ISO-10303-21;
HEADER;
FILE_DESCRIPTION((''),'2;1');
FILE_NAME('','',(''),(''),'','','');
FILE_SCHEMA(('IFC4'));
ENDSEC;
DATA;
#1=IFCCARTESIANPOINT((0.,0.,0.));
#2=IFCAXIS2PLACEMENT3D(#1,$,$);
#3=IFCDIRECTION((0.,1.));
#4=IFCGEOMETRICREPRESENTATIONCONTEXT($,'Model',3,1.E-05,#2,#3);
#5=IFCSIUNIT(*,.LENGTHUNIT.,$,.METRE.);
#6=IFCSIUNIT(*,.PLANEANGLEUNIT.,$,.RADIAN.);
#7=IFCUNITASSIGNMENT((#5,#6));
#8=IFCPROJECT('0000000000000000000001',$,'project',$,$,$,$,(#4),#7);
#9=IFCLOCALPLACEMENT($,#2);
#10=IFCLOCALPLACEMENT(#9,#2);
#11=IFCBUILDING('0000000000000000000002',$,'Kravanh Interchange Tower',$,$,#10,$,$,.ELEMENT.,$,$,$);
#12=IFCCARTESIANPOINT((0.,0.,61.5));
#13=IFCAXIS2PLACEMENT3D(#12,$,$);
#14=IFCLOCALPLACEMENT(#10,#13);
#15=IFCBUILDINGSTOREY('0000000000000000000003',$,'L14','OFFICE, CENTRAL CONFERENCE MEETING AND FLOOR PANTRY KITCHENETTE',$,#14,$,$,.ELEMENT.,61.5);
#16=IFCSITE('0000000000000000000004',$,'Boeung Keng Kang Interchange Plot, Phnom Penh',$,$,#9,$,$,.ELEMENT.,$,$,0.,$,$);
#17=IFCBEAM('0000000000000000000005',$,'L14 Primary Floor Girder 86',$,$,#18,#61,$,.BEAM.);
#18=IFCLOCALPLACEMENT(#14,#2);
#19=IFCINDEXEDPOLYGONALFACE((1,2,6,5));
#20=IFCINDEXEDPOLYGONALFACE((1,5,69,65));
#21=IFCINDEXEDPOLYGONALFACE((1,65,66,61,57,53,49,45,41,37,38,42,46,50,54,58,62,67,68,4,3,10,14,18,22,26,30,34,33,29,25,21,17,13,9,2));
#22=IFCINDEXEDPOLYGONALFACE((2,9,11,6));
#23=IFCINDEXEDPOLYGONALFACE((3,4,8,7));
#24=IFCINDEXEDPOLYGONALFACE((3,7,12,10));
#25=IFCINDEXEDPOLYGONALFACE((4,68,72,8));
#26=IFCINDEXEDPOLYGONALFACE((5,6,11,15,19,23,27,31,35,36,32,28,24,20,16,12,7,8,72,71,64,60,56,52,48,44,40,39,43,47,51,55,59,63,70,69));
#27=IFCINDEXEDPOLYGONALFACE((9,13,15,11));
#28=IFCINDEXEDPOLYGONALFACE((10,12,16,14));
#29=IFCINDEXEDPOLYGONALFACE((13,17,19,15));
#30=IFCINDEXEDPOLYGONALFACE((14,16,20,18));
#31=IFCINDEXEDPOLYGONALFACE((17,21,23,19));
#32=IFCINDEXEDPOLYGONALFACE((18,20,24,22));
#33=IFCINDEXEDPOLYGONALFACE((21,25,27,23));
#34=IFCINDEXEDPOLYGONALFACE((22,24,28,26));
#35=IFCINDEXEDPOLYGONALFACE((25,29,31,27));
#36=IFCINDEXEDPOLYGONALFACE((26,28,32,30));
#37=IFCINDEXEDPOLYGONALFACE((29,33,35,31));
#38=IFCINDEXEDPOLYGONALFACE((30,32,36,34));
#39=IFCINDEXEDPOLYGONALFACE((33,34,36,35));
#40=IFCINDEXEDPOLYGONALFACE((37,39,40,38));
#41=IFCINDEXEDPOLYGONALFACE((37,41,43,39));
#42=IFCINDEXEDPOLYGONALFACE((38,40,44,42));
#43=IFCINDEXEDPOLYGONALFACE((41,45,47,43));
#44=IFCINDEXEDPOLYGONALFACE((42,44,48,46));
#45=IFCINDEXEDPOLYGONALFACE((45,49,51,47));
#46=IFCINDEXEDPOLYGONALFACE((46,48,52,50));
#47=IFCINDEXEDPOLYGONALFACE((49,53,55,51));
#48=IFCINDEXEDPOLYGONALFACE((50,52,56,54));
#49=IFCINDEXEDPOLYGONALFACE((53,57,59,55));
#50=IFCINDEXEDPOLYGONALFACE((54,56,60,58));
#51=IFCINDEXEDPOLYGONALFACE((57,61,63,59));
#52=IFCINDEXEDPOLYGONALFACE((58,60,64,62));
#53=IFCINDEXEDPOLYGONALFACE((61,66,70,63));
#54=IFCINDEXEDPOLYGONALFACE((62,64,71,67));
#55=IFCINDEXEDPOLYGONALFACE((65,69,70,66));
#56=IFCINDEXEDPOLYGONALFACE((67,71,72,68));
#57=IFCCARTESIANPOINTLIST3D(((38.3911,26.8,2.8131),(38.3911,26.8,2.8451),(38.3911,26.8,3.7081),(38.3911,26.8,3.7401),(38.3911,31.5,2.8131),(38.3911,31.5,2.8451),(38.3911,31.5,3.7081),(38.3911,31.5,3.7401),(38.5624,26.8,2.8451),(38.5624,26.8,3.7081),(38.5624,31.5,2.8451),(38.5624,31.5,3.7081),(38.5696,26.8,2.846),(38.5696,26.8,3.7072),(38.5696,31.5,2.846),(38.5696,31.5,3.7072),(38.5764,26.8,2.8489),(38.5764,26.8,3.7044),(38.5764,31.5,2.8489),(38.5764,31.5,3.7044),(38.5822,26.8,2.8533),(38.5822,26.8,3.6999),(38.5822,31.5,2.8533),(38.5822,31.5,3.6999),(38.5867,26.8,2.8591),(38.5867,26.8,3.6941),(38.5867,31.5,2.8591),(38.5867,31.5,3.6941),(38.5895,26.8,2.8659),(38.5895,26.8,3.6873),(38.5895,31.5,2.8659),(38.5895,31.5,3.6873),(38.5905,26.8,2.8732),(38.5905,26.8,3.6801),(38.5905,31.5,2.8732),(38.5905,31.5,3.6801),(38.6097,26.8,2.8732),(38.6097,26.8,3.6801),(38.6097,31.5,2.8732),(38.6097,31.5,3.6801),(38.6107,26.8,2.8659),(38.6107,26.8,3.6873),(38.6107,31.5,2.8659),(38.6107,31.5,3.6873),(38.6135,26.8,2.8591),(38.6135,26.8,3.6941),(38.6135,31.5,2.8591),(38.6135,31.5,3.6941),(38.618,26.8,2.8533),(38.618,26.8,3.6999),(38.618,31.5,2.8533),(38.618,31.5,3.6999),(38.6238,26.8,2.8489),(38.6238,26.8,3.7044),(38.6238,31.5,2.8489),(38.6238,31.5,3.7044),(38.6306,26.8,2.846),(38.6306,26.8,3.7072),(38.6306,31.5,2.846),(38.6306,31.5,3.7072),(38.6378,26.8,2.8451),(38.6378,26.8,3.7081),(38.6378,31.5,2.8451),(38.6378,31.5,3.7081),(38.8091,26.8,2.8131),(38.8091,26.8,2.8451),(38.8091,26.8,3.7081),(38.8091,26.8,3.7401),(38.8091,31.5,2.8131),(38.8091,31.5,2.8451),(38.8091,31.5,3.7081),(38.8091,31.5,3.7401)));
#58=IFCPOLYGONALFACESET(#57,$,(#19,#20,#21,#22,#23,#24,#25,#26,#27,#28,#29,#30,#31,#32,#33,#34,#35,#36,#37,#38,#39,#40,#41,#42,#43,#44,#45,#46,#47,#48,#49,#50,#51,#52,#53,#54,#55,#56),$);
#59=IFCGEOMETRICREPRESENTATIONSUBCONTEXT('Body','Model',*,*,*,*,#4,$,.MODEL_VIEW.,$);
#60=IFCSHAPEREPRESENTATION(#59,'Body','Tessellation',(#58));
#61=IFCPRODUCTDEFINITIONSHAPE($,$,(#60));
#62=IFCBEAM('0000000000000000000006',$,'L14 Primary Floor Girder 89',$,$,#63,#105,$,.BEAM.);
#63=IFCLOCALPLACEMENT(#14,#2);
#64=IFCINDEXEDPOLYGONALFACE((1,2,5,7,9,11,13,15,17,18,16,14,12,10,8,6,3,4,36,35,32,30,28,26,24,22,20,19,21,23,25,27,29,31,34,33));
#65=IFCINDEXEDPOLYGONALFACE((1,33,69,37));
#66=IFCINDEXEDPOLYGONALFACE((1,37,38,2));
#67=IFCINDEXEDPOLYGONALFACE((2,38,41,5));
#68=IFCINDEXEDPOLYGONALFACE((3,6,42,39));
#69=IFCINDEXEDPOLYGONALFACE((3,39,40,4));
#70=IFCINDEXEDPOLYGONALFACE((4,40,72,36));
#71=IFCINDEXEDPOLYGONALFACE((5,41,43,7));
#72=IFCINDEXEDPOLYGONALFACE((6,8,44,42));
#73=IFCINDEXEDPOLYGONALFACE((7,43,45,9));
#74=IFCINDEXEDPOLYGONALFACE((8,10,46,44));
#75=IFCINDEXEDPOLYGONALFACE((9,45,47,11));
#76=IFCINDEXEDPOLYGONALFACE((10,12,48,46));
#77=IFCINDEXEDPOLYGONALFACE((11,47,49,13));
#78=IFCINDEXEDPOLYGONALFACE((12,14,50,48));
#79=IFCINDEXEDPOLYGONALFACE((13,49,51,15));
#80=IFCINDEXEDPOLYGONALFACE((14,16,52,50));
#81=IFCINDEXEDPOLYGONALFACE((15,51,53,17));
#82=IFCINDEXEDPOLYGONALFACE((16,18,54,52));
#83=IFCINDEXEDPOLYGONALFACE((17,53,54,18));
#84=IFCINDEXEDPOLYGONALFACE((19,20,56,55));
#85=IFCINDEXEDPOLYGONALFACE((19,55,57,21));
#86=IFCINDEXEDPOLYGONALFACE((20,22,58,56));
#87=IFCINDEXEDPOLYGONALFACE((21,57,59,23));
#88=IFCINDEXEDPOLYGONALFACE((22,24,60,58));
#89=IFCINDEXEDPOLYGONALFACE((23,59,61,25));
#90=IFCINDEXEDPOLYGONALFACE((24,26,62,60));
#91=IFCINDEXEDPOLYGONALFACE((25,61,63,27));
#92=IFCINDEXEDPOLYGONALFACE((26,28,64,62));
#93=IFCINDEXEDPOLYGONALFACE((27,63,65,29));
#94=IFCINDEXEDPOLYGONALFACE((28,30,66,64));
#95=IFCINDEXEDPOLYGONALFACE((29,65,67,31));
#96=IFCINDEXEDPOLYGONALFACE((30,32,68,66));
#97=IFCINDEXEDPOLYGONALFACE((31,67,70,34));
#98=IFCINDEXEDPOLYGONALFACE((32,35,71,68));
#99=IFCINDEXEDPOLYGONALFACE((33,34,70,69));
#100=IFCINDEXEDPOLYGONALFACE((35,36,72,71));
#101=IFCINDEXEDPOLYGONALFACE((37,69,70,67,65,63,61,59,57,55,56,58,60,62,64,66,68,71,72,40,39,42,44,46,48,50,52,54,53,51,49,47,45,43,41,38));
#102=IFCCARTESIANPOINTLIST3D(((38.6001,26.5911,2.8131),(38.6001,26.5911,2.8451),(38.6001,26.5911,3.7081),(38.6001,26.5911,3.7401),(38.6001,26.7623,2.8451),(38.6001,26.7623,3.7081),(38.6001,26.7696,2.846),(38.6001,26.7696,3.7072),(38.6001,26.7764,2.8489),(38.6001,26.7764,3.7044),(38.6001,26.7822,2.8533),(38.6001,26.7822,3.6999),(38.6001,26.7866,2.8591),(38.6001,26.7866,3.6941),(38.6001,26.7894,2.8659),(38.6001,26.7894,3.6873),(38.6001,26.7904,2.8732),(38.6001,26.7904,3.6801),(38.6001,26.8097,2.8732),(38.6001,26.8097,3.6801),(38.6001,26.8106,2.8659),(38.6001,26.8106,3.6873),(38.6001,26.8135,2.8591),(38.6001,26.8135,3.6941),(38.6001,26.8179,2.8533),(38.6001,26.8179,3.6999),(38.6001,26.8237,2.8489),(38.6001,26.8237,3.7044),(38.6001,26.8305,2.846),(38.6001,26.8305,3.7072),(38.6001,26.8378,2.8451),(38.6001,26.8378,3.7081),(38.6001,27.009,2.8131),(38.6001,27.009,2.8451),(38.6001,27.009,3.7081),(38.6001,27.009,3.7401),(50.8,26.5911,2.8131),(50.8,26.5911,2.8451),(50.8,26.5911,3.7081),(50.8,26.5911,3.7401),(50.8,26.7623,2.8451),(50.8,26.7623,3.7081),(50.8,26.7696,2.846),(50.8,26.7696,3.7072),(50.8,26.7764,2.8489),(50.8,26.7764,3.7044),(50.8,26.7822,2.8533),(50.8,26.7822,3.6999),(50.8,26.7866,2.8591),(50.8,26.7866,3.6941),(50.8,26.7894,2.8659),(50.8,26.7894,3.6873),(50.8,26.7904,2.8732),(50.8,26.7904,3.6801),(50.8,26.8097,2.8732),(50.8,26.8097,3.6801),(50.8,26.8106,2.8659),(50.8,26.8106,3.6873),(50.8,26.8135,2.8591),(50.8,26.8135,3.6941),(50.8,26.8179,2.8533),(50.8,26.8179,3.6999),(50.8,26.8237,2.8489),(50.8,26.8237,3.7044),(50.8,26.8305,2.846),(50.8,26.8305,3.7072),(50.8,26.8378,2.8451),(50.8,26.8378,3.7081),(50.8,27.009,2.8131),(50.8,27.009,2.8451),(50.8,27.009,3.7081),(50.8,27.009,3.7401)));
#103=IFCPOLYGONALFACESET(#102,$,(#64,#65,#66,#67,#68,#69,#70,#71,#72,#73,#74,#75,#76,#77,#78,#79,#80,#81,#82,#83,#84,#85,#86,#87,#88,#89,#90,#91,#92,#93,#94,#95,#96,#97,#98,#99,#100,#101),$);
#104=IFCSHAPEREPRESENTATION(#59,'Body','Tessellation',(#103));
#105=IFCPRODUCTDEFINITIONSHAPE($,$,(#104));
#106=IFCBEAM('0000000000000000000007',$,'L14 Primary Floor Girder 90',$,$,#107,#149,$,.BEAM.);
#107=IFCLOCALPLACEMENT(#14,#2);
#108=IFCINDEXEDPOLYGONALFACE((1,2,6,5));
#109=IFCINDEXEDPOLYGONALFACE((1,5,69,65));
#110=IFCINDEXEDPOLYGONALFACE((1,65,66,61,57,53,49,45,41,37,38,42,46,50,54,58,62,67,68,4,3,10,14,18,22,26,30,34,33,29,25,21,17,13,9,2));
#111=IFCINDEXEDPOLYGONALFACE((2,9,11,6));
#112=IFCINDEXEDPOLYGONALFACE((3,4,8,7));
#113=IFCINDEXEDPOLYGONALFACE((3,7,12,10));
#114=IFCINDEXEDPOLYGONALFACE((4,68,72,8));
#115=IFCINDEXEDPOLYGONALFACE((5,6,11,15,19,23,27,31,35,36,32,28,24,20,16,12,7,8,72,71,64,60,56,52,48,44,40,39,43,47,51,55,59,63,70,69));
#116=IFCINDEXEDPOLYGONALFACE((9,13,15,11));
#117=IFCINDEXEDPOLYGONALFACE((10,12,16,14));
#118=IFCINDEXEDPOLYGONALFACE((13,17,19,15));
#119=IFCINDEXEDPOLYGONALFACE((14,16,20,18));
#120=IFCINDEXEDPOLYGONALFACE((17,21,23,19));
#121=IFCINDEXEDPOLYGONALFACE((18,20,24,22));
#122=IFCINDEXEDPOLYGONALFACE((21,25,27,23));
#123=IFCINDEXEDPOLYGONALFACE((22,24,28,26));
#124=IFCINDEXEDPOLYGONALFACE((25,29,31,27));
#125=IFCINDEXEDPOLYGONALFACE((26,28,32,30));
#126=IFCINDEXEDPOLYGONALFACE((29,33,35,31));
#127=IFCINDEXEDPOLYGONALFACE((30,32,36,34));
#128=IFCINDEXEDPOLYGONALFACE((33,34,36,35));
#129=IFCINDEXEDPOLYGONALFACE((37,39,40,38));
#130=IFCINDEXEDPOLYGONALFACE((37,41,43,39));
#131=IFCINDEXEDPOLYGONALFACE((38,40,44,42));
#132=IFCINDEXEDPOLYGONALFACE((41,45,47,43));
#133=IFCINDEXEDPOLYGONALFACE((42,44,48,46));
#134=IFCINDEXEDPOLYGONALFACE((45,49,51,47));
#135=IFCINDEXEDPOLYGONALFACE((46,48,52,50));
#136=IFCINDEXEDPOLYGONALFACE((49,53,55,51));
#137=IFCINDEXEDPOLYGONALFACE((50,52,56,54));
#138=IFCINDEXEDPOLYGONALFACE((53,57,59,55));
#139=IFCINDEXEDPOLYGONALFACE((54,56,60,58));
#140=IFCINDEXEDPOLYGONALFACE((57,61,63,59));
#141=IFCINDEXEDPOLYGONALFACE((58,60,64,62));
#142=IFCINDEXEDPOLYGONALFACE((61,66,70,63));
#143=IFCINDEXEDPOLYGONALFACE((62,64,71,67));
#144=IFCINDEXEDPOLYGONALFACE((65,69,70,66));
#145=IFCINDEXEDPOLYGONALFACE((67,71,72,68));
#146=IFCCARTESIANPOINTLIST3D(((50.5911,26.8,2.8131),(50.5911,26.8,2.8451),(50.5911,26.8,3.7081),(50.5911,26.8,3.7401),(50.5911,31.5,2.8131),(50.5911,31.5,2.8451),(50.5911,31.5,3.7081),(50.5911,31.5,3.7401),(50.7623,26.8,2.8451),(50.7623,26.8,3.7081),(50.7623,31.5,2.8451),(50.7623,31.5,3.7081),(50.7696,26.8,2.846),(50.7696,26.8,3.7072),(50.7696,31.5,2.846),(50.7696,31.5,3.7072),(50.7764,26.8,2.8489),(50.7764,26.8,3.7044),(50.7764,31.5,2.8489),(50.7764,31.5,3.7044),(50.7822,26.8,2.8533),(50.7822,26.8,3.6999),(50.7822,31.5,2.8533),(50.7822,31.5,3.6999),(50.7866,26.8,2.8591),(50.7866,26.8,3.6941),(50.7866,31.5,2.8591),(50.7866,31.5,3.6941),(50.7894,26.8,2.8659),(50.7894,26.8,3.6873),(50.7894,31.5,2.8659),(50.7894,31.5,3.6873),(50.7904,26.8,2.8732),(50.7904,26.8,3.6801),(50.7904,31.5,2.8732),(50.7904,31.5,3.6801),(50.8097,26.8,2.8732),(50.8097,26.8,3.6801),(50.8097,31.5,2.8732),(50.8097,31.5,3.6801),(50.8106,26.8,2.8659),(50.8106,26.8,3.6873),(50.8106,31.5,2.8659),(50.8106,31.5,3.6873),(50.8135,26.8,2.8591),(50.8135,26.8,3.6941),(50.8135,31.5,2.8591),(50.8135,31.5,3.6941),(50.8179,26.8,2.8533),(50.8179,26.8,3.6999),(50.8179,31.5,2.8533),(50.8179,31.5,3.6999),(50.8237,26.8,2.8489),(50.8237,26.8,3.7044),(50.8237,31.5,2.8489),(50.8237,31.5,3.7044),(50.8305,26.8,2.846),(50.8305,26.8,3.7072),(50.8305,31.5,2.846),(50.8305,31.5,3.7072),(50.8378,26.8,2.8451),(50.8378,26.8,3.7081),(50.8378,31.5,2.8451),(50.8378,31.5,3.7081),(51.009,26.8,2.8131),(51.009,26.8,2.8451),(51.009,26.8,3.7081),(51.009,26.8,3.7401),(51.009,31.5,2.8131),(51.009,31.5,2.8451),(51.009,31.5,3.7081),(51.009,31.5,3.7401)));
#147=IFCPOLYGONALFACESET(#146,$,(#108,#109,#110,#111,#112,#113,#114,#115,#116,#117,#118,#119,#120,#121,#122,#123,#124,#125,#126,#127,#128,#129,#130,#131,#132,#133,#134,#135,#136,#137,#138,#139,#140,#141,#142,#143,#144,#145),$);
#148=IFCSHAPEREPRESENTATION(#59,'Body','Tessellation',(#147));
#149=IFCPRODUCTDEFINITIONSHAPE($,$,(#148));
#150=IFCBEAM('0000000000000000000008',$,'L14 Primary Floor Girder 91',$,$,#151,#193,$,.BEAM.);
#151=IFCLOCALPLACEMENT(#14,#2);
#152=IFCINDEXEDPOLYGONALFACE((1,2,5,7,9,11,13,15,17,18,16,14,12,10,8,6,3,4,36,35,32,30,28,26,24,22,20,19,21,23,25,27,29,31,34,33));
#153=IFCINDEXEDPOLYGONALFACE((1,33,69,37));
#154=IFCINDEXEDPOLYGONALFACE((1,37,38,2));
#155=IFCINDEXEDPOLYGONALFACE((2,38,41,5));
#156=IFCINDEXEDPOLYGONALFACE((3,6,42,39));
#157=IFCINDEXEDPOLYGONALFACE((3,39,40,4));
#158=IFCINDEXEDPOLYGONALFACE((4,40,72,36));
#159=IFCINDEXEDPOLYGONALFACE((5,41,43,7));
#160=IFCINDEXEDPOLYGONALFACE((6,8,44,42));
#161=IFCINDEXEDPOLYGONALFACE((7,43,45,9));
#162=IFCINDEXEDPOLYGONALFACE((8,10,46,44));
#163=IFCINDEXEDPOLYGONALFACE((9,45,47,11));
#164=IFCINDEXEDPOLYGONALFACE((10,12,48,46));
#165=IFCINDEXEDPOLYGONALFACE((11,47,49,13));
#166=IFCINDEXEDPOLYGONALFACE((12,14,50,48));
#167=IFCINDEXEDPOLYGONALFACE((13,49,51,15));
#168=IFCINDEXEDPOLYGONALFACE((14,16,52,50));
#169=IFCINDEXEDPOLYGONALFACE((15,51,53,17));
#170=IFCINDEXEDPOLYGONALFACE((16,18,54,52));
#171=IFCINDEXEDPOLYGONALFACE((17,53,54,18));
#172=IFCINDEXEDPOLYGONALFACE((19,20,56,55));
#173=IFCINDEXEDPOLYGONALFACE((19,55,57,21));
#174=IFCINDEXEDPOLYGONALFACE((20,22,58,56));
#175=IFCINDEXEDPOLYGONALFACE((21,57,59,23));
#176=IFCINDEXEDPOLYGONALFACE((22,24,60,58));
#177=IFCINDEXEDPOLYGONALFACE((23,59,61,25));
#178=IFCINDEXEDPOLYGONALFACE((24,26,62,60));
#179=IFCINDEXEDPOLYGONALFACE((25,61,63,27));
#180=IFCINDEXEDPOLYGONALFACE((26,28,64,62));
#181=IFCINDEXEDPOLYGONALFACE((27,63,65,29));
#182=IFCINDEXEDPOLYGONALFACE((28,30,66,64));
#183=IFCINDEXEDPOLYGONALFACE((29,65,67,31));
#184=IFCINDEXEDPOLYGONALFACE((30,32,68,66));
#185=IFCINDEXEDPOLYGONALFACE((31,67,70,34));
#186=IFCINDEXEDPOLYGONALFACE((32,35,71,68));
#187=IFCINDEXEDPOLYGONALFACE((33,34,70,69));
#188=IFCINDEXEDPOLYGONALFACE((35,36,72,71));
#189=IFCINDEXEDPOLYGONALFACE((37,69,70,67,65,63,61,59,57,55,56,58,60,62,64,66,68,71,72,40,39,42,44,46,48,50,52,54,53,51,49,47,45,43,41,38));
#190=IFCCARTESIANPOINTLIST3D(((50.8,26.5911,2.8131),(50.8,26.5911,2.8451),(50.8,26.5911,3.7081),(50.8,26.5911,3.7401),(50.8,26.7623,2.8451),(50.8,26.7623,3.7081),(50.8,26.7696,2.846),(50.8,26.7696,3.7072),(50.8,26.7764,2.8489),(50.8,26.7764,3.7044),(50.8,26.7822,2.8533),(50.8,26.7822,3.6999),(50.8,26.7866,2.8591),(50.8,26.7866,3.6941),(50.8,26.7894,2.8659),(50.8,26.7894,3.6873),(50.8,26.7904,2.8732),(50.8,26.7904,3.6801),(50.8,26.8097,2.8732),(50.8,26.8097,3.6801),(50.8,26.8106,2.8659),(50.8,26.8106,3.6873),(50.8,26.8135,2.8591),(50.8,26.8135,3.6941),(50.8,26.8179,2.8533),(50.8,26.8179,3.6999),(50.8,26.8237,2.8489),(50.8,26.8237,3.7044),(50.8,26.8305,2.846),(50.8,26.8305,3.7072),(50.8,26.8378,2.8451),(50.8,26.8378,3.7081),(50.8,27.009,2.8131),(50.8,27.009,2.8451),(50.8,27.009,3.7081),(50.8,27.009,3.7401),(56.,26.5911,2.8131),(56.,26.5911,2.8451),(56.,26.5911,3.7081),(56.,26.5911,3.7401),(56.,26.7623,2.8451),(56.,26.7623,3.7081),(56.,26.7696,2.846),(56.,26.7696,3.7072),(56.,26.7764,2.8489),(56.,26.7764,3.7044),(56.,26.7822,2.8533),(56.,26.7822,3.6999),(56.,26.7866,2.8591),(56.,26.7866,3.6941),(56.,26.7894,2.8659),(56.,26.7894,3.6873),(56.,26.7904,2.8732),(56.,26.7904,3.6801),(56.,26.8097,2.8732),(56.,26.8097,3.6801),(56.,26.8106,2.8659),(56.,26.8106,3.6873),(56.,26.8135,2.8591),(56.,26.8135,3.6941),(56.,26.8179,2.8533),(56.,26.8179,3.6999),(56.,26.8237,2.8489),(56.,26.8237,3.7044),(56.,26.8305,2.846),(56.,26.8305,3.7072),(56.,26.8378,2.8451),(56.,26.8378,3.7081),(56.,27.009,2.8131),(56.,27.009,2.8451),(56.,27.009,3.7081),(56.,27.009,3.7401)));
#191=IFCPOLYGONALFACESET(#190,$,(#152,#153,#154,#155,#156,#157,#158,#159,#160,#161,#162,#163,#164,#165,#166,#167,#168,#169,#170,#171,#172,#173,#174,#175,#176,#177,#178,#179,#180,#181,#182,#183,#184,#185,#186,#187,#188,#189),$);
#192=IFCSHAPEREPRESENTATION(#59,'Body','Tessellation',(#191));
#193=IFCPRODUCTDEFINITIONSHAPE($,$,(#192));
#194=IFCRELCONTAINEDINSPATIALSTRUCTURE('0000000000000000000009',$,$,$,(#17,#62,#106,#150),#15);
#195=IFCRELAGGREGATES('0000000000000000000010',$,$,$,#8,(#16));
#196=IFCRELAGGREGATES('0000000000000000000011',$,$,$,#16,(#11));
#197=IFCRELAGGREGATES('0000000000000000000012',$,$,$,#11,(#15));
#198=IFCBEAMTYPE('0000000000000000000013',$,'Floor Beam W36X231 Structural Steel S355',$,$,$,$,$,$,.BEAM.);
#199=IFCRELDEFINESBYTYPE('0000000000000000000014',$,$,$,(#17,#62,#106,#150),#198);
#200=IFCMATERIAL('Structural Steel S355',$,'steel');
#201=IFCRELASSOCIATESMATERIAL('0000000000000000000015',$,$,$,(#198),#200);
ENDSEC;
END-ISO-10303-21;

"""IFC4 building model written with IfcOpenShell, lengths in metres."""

from ifc_helpers import new_model, si_unit, direction, frame, origin, origin_2d, place, context, subcontext, project, spatial, i_section, extrude, material, material_profile, profile_set, type_object, element, save


model = new_model("IFC4")

# Units and contexts
model_context = context("Model", 3, precision=1e-05, world=origin(), true_north=direction((0.0, 1.0)))
body_context = subcontext(model_context, "Body", "Model", "MODEL_VIEW")
ifc_project = project(units=[si_unit("LENGTHUNIT", "METRE"), si_unit("PLANEANGLEUNIT", "RADIAN")], contexts=[model_context])

# Site, building, storey
site_placement = place(None, origin())
site = spatial("IfcSite", under=ifc_project, at=site_placement, Name="Boeung Keng Kang Interchange Plot, Phnom Penh", CompositionType="ELEMENT", RefElevation=0.0)
building_placement = place(site_placement, origin())
building = spatial("IfcBuilding", under=site, at=building_placement, Name="Kravanh Interchange Tower", CompositionType="ELEMENT")
storey_placement = place(building_placement, frame((0.0, 0.0, 61.5)))
storey = spatial("IfcBuildingStorey", under=building, at=storey_placement, Name="L14", Description="OFFICE, CENTRAL CONFERENCE MEETING AND FLOOR PANTRY KITCHENETTE", CompositionType="ELEMENT", Elevation=61.5)

# Beams
ifc_material_1 = material(Name="Structural Steel S355", Category="steel")
ifc_material_profile_1 = material_profile(ifc_material_1, i_section(OverallWidth=0.418, OverallDepth=0.927, WebThickness=0.0193, FlangeThickness=0.032, FilletRadius=0.0281, at=origin_2d()), Name="W36X231")
ifc_profile_set_1 = profile_set([ifc_material_profile_1], Name="Structural Steel S355")
beam_type_1 = type_object("IfcBeamType", Name="Floor Beam W36X231 Structural Steel S355", PredefinedType="BEAM", material=ifc_profile_set_1)
beam_1_placement = place(storey_placement, frame((38.6001, 26.8, 3.2766), z_axis=(0.0, 1.0, 0.0), x_axis=(-1.0, 0.0, 0.0)))
element("IfcBeam", 1, at=beam_1_placement, inside=storey, type_object=beam_type_1, Name="L14 Primary Floor Girder 86", PredefinedType="BEAM", context=body_context, shape_type="SweptSolid", body=[
    extrude(i_section(OverallWidth=0.418, OverallDepth=0.927, WebThickness=0.0193, FlangeThickness=0.032, FilletRadius=0.0281, at=origin_2d()), origin(), (0.0, 0.0, 1.0), 4.7),
])
beam_2_placement = place(storey_placement, frame((38.6001, 26.8, 3.2766), z_axis=(1.0, 0.0, 0.0), x_axis=(0.0, 1.0, 0.0)))
element("IfcBeam", 2, at=beam_2_placement, inside=storey, type_object=beam_type_1, Name="L14 Primary Floor Girder 89", PredefinedType="BEAM", context=body_context, shape_type="SweptSolid", body=[
    extrude(i_section(OverallWidth=0.418, OverallDepth=0.927, WebThickness=0.0193, FlangeThickness=0.032, FilletRadius=0.0281, at=origin_2d()), origin(), (0.0, 0.0, 1.0), 12.2),
])
beam_3_placement = place(storey_placement, frame((50.8, 26.8, 3.2766), z_axis=(0.0, 1.0, 0.0), x_axis=(-1.0, 0.0, 0.0)))
element("IfcBeam", 3, at=beam_3_placement, inside=storey, type_object=beam_type_1, Name="L14 Primary Floor Girder 90", PredefinedType="BEAM", context=body_context, shape_type="SweptSolid", body=[
    extrude(i_section(OverallWidth=0.418, OverallDepth=0.927, WebThickness=0.0193, FlangeThickness=0.032, FilletRadius=0.0281, at=origin_2d()), origin(), (0.0, 0.0, 1.0), 4.7),
])
beam_4_placement = place(storey_placement, frame((50.8, 26.8, 3.2766), z_axis=(1.0, 0.0, 0.0), x_axis=(0.0, 1.0, 0.0)))
element("IfcBeam", 4, at=beam_4_placement, inside=storey, type_object=beam_type_1, Name="L14 Primary Floor Girder 91", PredefinedType="BEAM", context=body_context, shape_type="SweptSolid", body=[
    extrude(i_section(OverallWidth=0.418, OverallDepth=0.927, WebThickness=0.0193, FlangeThickness=0.032, FilletRadius=0.0281, at=origin_2d()), origin(), (0.0, 0.0, 1.0), 5.2),
])

save(model, "model.ifc")
